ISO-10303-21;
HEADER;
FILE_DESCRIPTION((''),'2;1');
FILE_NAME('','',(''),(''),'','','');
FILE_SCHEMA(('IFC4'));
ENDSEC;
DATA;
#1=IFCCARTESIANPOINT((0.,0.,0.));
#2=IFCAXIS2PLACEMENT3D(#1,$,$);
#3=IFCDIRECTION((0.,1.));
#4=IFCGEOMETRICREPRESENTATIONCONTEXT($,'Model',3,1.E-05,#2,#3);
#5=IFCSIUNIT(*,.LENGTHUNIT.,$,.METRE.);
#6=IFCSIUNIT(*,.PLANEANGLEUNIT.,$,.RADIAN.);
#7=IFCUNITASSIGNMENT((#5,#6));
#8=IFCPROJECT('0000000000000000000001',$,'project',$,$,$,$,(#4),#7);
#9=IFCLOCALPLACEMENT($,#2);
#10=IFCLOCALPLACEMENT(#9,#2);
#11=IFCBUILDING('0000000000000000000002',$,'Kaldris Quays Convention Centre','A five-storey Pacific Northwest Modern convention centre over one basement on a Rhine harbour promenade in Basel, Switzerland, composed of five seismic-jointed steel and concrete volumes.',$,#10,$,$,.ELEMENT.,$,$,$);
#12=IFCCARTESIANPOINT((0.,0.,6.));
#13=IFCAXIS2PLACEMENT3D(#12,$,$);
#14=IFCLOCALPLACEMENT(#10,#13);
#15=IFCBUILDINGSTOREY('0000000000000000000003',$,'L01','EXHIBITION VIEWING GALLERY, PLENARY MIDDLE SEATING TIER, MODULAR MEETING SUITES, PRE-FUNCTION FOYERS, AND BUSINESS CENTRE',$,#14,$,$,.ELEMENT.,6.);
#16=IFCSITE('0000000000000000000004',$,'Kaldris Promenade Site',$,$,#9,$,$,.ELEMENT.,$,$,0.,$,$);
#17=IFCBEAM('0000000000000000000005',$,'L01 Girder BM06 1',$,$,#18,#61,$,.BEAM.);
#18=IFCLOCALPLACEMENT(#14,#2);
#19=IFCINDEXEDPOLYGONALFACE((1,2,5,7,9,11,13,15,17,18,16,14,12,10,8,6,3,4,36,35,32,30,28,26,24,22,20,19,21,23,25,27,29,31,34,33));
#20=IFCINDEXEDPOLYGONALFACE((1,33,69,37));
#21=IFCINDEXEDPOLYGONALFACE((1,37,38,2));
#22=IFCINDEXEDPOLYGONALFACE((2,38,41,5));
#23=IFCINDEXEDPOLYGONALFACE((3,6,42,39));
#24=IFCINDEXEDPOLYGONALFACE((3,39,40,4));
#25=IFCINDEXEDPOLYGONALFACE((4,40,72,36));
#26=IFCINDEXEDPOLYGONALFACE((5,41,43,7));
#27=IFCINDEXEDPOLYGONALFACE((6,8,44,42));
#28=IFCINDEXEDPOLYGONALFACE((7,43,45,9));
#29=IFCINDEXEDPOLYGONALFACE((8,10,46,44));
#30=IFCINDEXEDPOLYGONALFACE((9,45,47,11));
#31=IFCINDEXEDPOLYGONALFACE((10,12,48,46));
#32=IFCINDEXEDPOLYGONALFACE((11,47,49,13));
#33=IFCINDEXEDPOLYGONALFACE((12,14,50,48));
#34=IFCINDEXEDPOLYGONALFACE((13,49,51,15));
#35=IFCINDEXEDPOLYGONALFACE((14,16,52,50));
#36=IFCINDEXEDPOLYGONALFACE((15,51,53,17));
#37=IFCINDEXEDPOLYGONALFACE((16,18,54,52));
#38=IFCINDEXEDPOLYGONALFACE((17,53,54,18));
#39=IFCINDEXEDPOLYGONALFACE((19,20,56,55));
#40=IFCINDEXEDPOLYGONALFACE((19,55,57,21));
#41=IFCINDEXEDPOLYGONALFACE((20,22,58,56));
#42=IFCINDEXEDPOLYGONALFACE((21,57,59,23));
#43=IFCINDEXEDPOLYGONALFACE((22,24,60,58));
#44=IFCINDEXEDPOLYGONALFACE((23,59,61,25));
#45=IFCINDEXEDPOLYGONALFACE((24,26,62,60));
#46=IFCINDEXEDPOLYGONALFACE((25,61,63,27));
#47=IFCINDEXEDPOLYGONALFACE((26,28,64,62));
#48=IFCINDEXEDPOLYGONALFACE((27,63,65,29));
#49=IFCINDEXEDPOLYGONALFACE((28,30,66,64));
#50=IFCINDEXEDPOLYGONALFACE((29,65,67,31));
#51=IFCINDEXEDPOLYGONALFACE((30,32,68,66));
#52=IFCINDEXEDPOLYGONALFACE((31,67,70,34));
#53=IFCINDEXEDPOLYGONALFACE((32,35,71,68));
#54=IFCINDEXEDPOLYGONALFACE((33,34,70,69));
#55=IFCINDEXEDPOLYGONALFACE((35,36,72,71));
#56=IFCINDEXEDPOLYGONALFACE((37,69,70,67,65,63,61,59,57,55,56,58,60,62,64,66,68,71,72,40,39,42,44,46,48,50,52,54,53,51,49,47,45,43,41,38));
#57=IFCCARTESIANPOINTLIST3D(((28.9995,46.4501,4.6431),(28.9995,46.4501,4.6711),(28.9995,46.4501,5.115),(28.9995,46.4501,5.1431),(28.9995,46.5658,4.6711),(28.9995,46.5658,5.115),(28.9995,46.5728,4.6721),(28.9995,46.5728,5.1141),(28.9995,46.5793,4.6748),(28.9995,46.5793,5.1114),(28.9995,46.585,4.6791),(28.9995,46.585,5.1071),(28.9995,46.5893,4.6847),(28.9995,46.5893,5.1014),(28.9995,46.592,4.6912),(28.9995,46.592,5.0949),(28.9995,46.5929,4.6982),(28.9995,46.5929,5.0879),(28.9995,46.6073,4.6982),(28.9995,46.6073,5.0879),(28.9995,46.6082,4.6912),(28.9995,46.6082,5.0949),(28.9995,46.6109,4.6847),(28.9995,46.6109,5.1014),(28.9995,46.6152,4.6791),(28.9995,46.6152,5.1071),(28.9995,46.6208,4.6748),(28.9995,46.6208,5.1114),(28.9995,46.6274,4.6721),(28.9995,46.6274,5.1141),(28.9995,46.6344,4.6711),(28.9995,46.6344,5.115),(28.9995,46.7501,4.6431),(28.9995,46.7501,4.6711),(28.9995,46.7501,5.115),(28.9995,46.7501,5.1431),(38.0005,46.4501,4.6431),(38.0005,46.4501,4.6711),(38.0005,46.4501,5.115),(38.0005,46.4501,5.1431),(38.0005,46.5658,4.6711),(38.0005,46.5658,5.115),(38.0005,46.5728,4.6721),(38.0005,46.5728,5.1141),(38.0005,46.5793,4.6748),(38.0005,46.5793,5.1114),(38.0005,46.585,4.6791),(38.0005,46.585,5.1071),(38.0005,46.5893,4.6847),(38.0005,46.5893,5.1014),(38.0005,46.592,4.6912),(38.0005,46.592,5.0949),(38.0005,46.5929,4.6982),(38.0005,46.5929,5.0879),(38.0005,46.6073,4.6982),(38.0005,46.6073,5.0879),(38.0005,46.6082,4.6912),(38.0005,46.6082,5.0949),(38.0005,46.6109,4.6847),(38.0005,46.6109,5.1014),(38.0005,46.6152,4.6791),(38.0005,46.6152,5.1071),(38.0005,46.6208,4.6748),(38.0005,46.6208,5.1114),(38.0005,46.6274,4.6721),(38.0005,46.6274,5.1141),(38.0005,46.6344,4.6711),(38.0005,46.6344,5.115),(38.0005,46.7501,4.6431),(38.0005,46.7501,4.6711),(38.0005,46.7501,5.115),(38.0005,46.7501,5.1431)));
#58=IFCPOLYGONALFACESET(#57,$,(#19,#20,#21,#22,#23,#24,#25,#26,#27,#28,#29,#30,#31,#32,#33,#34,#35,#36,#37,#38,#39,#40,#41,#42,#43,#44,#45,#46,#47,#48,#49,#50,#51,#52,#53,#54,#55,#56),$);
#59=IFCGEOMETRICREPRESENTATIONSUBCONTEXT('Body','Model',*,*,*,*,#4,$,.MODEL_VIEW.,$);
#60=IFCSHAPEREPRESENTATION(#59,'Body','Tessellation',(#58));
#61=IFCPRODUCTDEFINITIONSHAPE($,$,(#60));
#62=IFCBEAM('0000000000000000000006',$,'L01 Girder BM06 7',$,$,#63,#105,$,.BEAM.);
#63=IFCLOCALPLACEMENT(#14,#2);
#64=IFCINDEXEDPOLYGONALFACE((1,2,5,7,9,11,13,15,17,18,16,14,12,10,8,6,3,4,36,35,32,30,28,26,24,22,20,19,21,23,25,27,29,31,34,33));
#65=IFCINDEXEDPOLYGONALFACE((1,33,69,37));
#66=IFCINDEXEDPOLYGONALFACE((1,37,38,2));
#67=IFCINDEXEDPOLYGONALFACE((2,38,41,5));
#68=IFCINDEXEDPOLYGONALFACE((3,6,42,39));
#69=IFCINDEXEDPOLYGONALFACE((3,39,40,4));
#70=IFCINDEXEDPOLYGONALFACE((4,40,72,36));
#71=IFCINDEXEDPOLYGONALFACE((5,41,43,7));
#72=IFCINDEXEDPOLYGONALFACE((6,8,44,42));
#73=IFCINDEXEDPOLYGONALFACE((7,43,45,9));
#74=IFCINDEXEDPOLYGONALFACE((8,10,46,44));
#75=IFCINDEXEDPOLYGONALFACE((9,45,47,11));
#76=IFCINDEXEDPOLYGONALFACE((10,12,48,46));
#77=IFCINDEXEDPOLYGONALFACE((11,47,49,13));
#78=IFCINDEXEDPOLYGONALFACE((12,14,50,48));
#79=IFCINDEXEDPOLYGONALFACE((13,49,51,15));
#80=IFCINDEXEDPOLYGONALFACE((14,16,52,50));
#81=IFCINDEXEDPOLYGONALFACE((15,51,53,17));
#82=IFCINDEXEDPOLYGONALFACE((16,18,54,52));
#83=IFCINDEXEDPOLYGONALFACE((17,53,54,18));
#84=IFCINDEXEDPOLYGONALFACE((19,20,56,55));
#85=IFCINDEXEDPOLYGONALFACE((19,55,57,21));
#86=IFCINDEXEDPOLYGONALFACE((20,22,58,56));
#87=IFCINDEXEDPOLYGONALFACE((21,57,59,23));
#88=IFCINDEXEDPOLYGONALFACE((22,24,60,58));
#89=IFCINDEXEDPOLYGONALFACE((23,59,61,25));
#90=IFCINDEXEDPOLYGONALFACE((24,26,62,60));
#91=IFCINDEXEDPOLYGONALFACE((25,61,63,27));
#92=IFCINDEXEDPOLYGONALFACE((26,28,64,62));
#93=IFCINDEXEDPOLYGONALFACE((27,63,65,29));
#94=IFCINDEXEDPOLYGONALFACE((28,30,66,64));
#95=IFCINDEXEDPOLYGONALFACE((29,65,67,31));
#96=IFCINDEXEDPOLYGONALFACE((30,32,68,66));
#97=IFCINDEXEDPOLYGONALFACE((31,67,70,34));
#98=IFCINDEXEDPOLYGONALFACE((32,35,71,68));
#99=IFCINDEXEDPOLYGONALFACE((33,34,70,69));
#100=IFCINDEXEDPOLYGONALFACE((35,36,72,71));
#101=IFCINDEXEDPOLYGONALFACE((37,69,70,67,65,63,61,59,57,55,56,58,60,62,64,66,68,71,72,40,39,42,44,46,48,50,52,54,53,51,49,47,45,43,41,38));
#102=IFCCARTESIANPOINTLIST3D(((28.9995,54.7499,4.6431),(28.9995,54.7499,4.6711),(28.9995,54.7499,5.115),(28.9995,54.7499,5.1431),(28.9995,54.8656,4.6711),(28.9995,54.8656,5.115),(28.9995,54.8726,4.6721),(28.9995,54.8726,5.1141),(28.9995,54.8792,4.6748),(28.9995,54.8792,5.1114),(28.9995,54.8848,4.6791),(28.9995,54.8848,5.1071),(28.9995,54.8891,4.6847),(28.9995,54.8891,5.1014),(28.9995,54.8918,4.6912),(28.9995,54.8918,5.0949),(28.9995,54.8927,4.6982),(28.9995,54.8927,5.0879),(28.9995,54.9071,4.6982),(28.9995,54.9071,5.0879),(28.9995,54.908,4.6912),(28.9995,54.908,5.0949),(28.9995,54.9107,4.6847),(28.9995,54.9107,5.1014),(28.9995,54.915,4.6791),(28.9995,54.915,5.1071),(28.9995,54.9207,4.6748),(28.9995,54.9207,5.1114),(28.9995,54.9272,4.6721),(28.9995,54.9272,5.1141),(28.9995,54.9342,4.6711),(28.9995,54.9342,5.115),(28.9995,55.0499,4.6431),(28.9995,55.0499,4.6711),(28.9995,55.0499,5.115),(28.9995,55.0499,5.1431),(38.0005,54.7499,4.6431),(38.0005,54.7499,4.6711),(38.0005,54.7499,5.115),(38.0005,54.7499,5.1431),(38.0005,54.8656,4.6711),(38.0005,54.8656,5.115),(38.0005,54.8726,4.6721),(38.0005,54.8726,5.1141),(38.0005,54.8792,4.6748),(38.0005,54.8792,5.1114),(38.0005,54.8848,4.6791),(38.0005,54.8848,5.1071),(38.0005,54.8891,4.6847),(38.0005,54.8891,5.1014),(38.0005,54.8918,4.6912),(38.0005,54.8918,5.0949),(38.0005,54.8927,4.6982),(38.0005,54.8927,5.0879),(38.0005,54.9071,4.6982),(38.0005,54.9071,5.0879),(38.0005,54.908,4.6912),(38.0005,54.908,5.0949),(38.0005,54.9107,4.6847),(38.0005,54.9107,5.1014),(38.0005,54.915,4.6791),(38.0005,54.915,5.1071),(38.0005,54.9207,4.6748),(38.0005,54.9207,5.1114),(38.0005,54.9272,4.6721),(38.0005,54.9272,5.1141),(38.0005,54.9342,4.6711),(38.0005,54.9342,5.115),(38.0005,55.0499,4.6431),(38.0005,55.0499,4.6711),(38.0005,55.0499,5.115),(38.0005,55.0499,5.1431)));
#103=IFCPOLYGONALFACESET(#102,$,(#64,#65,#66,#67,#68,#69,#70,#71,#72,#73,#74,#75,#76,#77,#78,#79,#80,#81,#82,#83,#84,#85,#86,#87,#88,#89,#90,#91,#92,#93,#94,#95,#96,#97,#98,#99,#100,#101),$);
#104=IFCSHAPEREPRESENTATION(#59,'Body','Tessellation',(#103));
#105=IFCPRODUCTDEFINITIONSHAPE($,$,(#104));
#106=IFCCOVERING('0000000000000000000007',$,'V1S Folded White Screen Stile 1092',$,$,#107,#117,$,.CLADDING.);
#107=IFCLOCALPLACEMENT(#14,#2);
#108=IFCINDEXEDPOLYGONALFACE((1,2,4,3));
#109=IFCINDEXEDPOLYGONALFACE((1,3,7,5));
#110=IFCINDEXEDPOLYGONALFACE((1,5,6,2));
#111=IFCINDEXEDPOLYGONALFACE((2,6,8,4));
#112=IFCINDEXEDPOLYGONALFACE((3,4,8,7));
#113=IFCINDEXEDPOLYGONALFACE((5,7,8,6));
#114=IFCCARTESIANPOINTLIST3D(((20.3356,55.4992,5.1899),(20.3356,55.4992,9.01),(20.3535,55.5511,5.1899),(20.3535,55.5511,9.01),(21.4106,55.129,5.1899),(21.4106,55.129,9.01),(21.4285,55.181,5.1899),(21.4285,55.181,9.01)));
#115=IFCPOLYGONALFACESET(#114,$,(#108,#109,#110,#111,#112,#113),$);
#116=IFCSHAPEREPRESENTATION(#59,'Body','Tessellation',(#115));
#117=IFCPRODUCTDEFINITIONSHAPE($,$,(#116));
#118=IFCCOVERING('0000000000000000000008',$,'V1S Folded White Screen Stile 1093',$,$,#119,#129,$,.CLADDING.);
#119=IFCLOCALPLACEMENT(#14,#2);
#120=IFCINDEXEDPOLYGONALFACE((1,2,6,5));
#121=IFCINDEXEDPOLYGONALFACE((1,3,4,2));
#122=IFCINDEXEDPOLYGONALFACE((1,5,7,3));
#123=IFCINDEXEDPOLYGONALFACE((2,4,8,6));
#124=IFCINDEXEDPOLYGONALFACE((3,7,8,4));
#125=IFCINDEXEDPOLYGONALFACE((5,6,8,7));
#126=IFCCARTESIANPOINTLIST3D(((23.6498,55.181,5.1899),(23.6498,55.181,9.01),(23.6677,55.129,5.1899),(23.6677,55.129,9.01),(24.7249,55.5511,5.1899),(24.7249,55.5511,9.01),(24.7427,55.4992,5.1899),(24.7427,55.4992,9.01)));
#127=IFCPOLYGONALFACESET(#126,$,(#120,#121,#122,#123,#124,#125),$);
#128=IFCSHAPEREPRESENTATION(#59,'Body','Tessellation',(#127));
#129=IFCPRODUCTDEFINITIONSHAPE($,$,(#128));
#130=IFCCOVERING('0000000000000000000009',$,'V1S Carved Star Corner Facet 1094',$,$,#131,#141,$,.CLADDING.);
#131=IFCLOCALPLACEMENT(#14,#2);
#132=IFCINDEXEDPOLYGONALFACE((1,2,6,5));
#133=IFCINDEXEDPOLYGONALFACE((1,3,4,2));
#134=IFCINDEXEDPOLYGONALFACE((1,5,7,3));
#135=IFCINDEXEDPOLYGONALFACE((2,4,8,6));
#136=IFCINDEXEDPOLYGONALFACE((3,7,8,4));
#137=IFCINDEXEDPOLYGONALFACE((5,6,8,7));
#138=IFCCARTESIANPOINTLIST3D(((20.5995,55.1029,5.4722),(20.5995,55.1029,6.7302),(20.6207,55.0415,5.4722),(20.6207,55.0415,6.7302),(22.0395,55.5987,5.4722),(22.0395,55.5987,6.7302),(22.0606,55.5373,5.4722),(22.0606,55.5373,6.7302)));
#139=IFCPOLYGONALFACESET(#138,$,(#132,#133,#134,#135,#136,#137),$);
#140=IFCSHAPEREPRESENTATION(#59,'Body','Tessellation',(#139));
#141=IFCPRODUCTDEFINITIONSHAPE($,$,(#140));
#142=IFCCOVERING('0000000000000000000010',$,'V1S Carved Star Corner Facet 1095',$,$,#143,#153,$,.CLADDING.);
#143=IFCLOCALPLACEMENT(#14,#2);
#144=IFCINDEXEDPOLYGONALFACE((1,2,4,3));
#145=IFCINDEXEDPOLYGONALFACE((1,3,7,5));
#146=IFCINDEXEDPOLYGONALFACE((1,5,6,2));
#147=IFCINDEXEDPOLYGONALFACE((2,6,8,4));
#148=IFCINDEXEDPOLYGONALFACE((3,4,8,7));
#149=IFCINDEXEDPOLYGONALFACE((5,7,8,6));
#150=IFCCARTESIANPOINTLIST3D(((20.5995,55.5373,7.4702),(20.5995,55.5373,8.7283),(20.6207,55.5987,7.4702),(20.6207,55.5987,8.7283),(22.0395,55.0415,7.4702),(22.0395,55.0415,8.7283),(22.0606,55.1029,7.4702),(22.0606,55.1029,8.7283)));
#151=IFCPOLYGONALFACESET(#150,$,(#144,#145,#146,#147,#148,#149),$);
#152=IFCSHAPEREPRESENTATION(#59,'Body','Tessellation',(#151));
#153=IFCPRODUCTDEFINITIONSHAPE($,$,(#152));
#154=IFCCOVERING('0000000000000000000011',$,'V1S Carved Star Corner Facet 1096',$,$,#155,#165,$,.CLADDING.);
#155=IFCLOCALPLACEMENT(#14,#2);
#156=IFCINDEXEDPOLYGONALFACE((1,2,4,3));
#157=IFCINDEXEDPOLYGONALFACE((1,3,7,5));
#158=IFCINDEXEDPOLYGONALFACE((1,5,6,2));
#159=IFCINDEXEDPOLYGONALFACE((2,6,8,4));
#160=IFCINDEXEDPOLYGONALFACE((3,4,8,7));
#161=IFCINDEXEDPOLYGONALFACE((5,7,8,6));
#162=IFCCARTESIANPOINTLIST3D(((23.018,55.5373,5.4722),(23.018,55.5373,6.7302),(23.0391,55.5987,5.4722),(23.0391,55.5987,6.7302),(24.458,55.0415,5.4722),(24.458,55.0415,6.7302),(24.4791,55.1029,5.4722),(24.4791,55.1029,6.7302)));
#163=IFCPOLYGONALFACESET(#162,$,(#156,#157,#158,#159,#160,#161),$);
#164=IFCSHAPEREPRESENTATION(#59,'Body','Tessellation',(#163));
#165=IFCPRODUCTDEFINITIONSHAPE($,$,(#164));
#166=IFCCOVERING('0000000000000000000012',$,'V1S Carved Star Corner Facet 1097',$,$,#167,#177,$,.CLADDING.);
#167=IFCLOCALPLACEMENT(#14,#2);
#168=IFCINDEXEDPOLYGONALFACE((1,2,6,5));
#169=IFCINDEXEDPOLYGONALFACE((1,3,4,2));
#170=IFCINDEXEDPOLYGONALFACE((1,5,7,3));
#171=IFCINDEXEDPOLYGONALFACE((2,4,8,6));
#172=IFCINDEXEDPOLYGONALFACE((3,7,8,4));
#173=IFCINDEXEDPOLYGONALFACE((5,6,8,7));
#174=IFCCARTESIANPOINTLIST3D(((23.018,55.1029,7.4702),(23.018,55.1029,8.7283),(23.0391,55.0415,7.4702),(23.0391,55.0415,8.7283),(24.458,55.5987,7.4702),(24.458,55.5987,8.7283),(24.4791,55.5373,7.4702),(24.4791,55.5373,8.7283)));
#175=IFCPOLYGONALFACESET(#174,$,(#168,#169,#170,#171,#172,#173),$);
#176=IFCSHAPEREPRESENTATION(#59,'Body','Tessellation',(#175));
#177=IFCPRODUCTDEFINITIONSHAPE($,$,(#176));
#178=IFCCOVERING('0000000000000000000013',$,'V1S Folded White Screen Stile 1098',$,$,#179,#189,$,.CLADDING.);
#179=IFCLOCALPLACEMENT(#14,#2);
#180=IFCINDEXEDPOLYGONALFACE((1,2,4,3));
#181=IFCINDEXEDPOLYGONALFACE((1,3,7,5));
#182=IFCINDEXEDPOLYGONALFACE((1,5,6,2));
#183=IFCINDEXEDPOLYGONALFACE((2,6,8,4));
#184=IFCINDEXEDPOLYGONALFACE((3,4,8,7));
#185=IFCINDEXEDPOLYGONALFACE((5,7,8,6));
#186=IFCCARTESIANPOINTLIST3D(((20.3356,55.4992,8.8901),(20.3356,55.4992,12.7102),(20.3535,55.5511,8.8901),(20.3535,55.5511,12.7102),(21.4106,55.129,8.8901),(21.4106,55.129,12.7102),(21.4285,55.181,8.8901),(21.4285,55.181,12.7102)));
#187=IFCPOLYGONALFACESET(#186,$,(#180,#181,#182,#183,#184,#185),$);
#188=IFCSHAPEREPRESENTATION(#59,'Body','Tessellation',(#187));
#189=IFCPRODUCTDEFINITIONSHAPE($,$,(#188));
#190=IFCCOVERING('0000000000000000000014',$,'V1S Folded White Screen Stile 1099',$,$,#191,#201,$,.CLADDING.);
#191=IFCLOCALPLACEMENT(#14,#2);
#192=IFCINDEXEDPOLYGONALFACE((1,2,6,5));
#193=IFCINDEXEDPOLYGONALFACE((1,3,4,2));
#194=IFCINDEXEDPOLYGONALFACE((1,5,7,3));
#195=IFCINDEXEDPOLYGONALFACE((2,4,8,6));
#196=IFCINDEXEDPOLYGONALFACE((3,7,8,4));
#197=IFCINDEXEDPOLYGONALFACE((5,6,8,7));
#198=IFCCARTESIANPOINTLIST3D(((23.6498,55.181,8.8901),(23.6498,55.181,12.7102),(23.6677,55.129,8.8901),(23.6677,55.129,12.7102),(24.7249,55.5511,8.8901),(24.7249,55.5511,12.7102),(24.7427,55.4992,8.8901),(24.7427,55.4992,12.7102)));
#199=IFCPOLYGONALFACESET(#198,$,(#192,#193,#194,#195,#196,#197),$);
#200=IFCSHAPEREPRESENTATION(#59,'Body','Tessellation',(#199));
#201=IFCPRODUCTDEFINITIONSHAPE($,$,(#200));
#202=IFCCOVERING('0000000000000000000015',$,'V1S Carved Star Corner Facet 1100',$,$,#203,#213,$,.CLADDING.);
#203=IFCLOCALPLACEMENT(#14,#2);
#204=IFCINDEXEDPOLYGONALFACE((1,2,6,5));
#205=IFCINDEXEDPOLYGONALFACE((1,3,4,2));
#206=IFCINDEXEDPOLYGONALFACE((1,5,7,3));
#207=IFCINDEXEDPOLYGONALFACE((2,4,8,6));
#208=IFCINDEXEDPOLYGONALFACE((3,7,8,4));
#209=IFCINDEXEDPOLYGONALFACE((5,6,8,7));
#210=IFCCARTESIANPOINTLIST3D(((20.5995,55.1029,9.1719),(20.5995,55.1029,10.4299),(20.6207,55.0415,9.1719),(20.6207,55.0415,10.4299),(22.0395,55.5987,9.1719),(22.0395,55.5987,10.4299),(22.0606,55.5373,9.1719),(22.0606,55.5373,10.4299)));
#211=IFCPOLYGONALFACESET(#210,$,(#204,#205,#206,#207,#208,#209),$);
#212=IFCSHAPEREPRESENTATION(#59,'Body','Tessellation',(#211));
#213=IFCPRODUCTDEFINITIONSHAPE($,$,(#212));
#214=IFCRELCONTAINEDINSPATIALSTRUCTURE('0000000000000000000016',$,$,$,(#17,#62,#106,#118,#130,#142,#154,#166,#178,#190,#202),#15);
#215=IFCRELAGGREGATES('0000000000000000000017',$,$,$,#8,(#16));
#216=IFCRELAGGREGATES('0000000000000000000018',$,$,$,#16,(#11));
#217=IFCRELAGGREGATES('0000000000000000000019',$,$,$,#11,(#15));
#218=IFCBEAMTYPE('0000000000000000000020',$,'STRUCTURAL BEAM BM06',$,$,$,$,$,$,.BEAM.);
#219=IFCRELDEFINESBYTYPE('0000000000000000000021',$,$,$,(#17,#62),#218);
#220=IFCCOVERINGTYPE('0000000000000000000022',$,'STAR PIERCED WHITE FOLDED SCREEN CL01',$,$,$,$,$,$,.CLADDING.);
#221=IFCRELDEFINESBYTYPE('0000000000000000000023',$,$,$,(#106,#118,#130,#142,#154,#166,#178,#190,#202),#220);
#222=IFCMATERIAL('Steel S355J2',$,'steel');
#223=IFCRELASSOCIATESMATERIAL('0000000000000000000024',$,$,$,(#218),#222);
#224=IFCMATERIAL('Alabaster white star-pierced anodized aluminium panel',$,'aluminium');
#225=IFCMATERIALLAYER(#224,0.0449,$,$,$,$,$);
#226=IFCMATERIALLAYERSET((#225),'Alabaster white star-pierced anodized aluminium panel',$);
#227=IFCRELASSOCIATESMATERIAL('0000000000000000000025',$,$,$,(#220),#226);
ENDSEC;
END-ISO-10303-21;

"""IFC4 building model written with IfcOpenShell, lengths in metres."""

from ifc_helpers import new_model, si_unit, direction, frame, origin, origin_2d, place, context, subcontext, project, spatial, rectangle, i_section, extrude, material, layer, layer_set, material_profile, profile_set, type_object, element, save


model = new_model("IFC4")

# Units and contexts
model_context = context("Model", 3, precision=1e-05, world=origin(), true_north=direction((0.0, 1.0)))
body_context = subcontext(model_context, "Body", "Model", "MODEL_VIEW")
ifc_project = project(units=[si_unit("LENGTHUNIT", "METRE"), si_unit("PLANEANGLEUNIT", "RADIAN")], contexts=[model_context])

# Site, building, storey
site_placement = place(None, origin())
site = spatial("IfcSite", under=ifc_project, at=site_placement, Name="Kaldris Promenade Site", CompositionType="ELEMENT", RefElevation=0.0)
building_placement = place(site_placement, origin())
building = spatial("IfcBuilding", under=site, at=building_placement, Name="Kaldris Quays Convention Centre", Description="A five-storey Pacific Northwest Modern convention centre over one basement on a Rhine harbour promenade in Basel, Switzerland, composed of five seismic-jointed steel and concrete volumes.", CompositionType="ELEMENT")
storey_placement = place(building_placement, frame((0.0, 0.0, 6.0)))
storey = spatial("IfcBuildingStorey", under=building, at=storey_placement, Name="L01", Description="EXHIBITION VIEWING GALLERY, PLENARY MIDDLE SEATING TIER, MODULAR MEETING SUITES, PRE-FUNCTION FOYERS, AND BUSINESS CENTRE", CompositionType="ELEMENT", Elevation=6.0)

# Beams
ifc_material_1 = material(Name="Steel S355J2", Category="steel")
ifc_material_profile = material_profile(ifc_material_1, i_section(OverallWidth=0.3, OverallDepth=0.5, WebThickness=0.0144, FlangeThickness=0.0281, FilletRadius=0.0271, at=origin_2d()), Name="HEB 500")
ifc_profile_set = profile_set([ifc_material_profile], Name="Steel S355J2")
beam_type = type_object("IfcBeamType", Name="STRUCTURAL BEAM BM06", PredefinedType="BEAM", material=ifc_profile_set)
for number, where, z_axis, x_axis, name in (
    (1, (28.9995, 46.6001, 4.8931), (1.0, 0.0, 0.0), (0.0, 1.0, 0.0), "L01 Girder BM06 1"),
    (2, (28.9995, 54.8999, 4.8931), (1.0, 0.0, 0.0), (0.0, 1.0, 0.0), "L01 Girder BM06 7"),
):
    element("IfcBeam", number, at=place(storey_placement, frame(where, z_axis=z_axis, x_axis=x_axis)), inside=storey, type_object=beam_type, Name=name, PredefinedType="BEAM", context=body_context, shape_type="SweptSolid", body=[
        extrude(i_section(OverallWidth=0.3, OverallDepth=0.5, WebThickness=0.0144, FlangeThickness=0.0281, FilletRadius=0.0271, at=origin_2d()), origin(), (0.0, 0.0, 1.0), 9.001),
    ])

# Coverings
ifc_material_2 = material(Name="Alabaster white star-pierced anodized aluminium panel", Category="aluminium")
ifc_layer = layer(ifc_material_2, 0.0449)
ifc_layer_set = layer_set([ifc_layer], Name="Alabaster white star-pierced anodized aluminium panel")
covering_type = type_object("IfcCoveringType", Name="STAR PIERCED WHITE FOLDED SCREEN CL01", PredefinedType="CLADDING", material=ifc_layer_set)
for number, where, z_axis, x_axis, name in (
    (3, (20.8821, 55.3401, 5.1899), (0.0, 0.0, 1.0), (0.945519, -0.325568, 0.0), "V1S Folded White Screen Stile 1092"),
    (4, (24.1963, 55.3401, 5.1899), (0.0, 0.0, 1.0), (0.945519, 0.325568, 0.0), "V1S Folded White Screen Stile 1093"),
):
    element("IfcCovering", number, at=place(storey_placement, frame(where, z_axis=z_axis, x_axis=x_axis)), inside=storey, type_object=covering_type, Name=name, PredefinedType="CLADDING", context=body_context, shape_type="SweptSolid", body=[
        extrude(rectangle(XDim=1.137, YDim=0.0549, at=origin_2d()), origin(), (0.0, 0.0, 1.0), 3.8201),
    ])
for number, where, z_axis, x_axis, name in (
    (5, (21.3301, 55.3201, 5.4722), (0.0, 0.0, 1.0), (0.945519, 0.325568, 0.0), "V1S Carved Star Corner Facet 1094"),
    (6, (21.3301, 55.3201, 7.4702), (0.0, 0.0, 1.0), (0.945519, -0.325568, 0.0), "V1S Carved Star Corner Facet 1095"),
    (7, (23.7485, 55.3201, 5.4722), (0.0, 0.0, 1.0), (0.945519, -0.325568, 0.0), "V1S Carved Star Corner Facet 1096"),
    (8, (23.7485, 55.3201, 7.4702), (0.0, 0.0, 1.0), (0.945519, 0.325568, 0.0), "V1S Carved Star Corner Facet 1097"),
):
    element("IfcCovering", number, at=place(storey_placement, frame(where, z_axis=z_axis, x_axis=x_axis)), inside=storey, type_object=covering_type, Name=name, PredefinedType="CLADDING", context=body_context, shape_type="SweptSolid", body=[
        extrude(rectangle(XDim=1.5229, YDim=0.0649, at=origin_2d()), origin(), (0.0, 0.0, 1.0), 1.2581),
    ])
for number, where, z_axis, x_axis, name in (
    (9, (20.8821, 55.3401, 8.8901), (0.0, 0.0, 1.0), (0.945519, -0.325568, 0.0), "V1S Folded White Screen Stile 1098"),
    (10, (24.1963, 55.3401, 8.8901), (0.0, 0.0, 1.0), (0.945519, 0.325568, 0.0), "V1S Folded White Screen Stile 1099"),
):
    element("IfcCovering", number, at=place(storey_placement, frame(where, z_axis=z_axis, x_axis=x_axis)), inside=storey, type_object=covering_type, Name=name, PredefinedType="CLADDING", context=body_context, shape_type="SweptSolid", body=[
        extrude(rectangle(XDim=1.137, YDim=0.0549, at=origin_2d()), origin(), (0.0, 0.0, 1.0), 3.8201),
    ])
for number, where, z_axis, x_axis, name in (
    (11, (21.3301, 55.3201, 9.1719), (0.0, 0.0, 1.0), (0.945519, 0.325568, 0.0), "V1S Carved Star Corner Facet 1100"),
):
    element("IfcCovering", number, at=place(storey_placement, frame(where, z_axis=z_axis, x_axis=x_axis)), inside=storey, type_object=covering_type, Name=name, PredefinedType="CLADDING", context=body_context, shape_type="SweptSolid", body=[
        extrude(rectangle(XDim=1.5229, YDim=0.0649, at=origin_2d()), origin(), (0.0, 0.0, 1.0), 1.2581),
    ])

save(model, "model.ifc")
